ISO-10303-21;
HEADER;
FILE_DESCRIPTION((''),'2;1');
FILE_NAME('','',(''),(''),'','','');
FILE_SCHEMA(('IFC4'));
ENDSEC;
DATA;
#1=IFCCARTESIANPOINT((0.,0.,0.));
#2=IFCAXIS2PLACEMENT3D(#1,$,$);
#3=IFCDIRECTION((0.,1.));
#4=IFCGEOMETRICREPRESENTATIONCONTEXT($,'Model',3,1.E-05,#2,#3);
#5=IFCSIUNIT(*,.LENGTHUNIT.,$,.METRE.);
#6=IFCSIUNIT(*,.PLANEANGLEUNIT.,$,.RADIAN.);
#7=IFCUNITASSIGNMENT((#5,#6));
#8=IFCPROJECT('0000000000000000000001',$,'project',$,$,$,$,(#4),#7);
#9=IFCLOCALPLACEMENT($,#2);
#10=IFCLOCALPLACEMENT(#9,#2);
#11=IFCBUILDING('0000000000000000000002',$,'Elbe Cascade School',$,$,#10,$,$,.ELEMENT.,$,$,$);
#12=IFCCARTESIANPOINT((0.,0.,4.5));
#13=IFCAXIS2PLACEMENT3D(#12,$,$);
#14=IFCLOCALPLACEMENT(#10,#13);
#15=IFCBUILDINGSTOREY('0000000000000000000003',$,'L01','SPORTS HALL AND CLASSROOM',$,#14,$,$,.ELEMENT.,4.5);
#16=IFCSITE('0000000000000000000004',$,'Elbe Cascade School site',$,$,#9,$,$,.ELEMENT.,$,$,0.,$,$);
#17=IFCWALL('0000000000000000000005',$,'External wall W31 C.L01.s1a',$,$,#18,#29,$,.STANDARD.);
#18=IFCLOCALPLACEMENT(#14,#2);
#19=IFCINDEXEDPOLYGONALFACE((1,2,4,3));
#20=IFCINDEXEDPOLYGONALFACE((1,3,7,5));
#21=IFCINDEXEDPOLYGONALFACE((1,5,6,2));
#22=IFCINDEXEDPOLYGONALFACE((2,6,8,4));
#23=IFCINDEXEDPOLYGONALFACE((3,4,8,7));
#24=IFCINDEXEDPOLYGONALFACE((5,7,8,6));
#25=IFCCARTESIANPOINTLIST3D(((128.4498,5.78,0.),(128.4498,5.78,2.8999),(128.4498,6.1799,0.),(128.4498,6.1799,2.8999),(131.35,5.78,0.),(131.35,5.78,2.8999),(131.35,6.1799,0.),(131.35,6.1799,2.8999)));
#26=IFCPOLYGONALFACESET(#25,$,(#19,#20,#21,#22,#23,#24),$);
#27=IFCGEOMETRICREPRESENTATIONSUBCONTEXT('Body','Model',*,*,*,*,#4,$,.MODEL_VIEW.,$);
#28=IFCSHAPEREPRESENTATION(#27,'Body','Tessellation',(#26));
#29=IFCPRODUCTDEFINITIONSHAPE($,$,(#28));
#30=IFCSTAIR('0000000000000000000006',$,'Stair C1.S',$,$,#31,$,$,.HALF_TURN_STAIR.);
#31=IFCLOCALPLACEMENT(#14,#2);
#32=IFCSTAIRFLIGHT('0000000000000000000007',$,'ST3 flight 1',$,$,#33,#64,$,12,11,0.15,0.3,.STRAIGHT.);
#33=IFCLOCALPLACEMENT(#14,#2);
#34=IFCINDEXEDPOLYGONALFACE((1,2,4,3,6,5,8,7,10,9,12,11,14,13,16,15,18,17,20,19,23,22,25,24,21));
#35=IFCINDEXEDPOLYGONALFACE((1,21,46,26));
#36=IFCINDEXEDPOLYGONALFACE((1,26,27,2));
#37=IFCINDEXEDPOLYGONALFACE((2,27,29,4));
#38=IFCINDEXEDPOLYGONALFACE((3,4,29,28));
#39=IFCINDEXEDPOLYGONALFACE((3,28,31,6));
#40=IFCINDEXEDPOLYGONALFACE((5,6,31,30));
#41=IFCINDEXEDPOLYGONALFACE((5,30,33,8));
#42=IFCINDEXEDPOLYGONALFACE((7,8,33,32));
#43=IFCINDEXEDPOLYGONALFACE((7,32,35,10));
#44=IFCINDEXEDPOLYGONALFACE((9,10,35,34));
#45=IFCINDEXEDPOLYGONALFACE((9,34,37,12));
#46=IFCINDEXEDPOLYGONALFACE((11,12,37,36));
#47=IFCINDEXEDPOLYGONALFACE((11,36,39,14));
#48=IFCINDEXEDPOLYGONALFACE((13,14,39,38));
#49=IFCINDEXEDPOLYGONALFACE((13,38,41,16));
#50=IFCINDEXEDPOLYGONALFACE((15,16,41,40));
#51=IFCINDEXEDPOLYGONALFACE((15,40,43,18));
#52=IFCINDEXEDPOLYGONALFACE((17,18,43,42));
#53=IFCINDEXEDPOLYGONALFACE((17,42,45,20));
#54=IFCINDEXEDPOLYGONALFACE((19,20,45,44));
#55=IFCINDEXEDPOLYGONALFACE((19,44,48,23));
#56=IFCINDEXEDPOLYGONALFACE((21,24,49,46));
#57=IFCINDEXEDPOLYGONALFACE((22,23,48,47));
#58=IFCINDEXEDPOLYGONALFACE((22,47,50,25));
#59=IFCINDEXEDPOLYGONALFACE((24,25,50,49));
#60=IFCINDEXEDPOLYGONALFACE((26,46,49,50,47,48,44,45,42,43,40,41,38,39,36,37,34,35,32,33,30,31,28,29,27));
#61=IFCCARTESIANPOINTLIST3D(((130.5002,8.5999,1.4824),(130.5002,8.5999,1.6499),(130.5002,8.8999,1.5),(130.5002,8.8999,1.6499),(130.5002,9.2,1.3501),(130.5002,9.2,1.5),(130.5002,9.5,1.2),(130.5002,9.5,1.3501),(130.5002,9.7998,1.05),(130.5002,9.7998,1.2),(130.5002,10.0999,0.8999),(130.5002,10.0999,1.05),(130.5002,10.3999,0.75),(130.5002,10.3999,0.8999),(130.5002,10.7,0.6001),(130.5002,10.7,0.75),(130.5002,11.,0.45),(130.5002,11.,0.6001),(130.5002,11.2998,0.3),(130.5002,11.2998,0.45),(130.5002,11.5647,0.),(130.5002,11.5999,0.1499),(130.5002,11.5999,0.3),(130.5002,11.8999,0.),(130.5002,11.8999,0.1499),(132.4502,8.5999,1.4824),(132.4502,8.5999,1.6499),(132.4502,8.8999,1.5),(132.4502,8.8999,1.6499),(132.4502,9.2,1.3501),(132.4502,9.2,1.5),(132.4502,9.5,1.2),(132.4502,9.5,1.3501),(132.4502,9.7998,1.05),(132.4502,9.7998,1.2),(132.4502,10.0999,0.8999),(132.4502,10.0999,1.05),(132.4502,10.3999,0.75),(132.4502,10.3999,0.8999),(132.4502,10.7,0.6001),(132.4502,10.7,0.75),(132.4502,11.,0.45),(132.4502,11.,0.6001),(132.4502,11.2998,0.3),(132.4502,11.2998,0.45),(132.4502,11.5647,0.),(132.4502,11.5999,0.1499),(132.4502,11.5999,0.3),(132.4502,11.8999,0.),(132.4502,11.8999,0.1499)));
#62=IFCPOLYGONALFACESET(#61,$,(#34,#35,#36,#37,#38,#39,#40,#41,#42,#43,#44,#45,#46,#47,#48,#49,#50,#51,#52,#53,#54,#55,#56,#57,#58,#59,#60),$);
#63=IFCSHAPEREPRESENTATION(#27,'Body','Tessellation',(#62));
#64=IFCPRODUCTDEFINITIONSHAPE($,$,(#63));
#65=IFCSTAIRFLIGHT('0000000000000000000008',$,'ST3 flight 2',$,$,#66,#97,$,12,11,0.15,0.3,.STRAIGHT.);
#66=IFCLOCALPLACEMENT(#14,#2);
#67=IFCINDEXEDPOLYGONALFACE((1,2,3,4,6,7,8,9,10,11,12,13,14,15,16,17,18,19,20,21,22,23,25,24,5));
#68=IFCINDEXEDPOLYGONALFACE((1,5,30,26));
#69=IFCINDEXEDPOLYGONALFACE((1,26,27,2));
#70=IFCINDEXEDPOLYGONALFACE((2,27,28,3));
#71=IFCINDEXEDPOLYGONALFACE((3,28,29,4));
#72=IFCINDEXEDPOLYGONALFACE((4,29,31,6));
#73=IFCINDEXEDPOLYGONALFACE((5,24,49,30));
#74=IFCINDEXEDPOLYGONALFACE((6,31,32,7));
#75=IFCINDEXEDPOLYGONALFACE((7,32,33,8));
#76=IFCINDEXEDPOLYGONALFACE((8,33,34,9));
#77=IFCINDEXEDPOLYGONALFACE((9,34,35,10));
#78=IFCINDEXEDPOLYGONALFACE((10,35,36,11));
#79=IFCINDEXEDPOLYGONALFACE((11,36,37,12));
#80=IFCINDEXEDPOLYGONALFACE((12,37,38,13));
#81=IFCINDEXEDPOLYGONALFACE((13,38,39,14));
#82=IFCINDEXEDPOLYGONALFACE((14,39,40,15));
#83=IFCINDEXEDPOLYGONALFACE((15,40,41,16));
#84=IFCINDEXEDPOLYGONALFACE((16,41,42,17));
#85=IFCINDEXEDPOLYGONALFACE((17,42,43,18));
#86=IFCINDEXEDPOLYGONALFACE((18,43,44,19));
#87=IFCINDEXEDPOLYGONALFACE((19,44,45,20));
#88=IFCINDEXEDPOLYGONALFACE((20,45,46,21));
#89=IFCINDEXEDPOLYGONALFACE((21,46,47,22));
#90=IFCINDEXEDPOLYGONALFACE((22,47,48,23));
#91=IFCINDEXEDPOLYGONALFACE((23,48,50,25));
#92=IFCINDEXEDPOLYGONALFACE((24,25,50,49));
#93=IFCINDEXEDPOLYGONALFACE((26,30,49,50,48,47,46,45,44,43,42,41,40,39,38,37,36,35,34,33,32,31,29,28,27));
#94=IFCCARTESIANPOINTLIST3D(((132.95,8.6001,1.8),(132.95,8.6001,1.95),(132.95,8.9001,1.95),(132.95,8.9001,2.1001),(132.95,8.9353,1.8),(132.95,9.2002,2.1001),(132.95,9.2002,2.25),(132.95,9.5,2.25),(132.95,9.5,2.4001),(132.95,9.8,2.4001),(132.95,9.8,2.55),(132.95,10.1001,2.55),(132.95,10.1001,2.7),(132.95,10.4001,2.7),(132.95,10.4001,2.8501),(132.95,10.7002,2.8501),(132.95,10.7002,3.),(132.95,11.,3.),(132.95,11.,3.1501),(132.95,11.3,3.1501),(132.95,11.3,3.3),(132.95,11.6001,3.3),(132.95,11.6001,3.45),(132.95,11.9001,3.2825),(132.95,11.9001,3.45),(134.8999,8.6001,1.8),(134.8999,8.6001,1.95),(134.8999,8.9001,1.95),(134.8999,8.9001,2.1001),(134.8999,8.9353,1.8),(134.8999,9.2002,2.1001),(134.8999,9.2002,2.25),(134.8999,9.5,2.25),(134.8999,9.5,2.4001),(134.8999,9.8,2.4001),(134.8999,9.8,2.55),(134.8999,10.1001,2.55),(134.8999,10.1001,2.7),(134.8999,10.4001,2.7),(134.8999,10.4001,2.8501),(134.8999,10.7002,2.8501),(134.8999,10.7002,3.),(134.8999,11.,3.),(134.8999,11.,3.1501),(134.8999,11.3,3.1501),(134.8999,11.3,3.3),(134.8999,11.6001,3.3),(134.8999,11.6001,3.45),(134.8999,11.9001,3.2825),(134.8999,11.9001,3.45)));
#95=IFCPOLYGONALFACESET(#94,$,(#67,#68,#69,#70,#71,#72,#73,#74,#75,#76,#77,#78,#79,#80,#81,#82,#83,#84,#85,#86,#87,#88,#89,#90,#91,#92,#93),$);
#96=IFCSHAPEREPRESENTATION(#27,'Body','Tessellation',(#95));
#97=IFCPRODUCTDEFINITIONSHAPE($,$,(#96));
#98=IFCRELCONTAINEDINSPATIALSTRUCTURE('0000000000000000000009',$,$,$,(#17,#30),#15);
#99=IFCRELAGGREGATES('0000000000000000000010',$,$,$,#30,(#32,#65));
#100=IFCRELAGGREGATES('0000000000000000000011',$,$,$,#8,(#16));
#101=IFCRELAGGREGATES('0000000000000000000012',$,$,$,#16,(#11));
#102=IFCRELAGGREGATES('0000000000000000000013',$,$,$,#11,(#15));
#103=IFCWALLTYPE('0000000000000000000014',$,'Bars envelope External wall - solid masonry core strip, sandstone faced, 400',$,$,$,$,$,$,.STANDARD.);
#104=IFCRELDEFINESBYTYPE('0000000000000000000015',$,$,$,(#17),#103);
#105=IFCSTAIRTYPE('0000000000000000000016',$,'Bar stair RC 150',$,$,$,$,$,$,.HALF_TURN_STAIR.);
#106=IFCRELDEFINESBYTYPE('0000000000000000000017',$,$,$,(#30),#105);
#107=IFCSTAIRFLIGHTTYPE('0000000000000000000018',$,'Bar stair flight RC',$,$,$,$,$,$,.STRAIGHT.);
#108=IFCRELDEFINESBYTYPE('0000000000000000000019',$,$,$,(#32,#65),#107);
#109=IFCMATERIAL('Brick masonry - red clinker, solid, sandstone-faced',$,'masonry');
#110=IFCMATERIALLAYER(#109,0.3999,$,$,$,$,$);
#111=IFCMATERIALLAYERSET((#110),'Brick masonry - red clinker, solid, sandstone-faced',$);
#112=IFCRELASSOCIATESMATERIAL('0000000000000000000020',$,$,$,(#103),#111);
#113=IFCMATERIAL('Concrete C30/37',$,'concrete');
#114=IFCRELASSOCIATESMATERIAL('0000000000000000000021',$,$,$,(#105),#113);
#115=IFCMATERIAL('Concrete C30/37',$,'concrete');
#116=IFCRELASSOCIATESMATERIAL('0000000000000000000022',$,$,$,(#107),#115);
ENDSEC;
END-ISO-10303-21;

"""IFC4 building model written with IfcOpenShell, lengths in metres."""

from ifc_helpers import new_model, si_unit, direction, frame, frame_2d, origin, place, context, subcontext, project, spatial, polyline, rectangle, outline, extrude, material, layer, layer_set, type_object, element, aggregate, save


model = new_model("IFC4")

# Units and contexts
model_context = context("Model", 3, precision=1e-05, world=origin(), true_north=direction((0.0, 1.0)))
body_context = subcontext(model_context, "Body", "Model", "MODEL_VIEW")
ifc_project = project(units=[si_unit("LENGTHUNIT", "METRE"), si_unit("PLANEANGLEUNIT", "RADIAN")], contexts=[model_context])

# Site, building, storey
site_placement = place(None, origin())
site = spatial("IfcSite", under=ifc_project, at=site_placement, Name="Elbe Cascade School site", CompositionType="ELEMENT", RefElevation=0.0)
building_placement = place(site_placement, origin())
building = spatial("IfcBuilding", under=site, at=building_placement, Name="Elbe Cascade School", CompositionType="ELEMENT")
storey_placement = place(building_placement, frame((0.0, 0.0, 4.5)))
storey = spatial("IfcBuildingStorey", under=building, at=storey_placement, Name="L01", Description="SPORTS HALL AND CLASSROOM", CompositionType="ELEMENT", Elevation=4.5)

# Wall
ifc_material_1 = material(Name="Brick masonry - red clinker, solid, sandstone-faced", Category="masonry")
ifc_layer_1 = layer(ifc_material_1, 0.3999)
ifc_layer_set_1 = layer_set([ifc_layer_1], Name="Brick masonry - red clinker, solid, sandstone-faced")
wall_type_1 = type_object("IfcWallType", Name="Bars envelope External wall - solid masonry core strip, sandstone faced, 400", PredefinedType="STANDARD", material=ifc_layer_set_1)
wall_1_placement = place(storey_placement, frame((131.3501, 5.98, 0.0), z_axis=(0.0, 0.0, 1.0), x_axis=(-1.0, 0.0, 0.0)))
element("IfcWall", 1, at=wall_1_placement, inside=storey, type_object=wall_type_1, Name="External wall W31 C.L01.s1a", PredefinedType="STANDARD", context=body_context, shape_type="SweptSolid", body=[
    extrude(rectangle(XDim=2.9001, YDim=0.3999, at=frame_2d((1.4502, 0.0))), origin(), (0.0, 0.0, 1.0), 2.8999),
])

# Stair, stair flights
ifc_material_2 = material(Name="Concrete C30/37", Category="concrete")
stair_type = type_object("IfcStairType", Name="Bar stair RC 150", PredefinedType="HALF_TURN_STAIR", material=ifc_material_2)
stair_placement = place(storey_placement, origin())
stair = element("IfcStair", 2, at=stair_placement, inside=storey, type_object=stair_type, Name="Stair C1.S", PredefinedType="HALF_TURN_STAIR")
ifc_material_3 = material(Name="Concrete C30/37", Category="concrete")
stair_flight_type = type_object("IfcStairFlightType", Name="Bar stair flight RC", PredefinedType="STRAIGHT", material=ifc_material_3)
stair_flight_1_placement = place(storey_placement, frame((131.4751, 11.8999, 0.0), z_axis=(0.0, 0.0, 1.0), x_axis=(0.0, -1.0, 0.0)))
stair_flight_1 = element("IfcStairFlight", 3, at=stair_flight_1_placement, type_object=stair_flight_type, Name="ST3 flight 1", NumberOfRisers=12, NumberOfTreads=11, PredefinedType="STRAIGHT", RiserHeight=0.15, TreadLength=0.3, context=body_context, shape_type="SweptSolid", body=[
    extrude(outline(polyline([(0.0, 0.0), (0.0, 0.1499), (0.3, 0.1499), (0.3, 0.3), (0.6001, 0.3), (0.6001, 0.45), (0.8999, 0.45), (0.8999, 0.6001), (1.2, 0.6001), (1.2, 0.75), (1.5, 0.75), (1.5, 0.8999), (1.8, 0.8999), (1.8, 1.05), (2.1001, 1.05), (2.1001, 1.2), (2.3999, 1.2), (2.3999, 1.3501), (2.7, 1.3501), (2.7, 1.5), (3.0, 1.5), (3.0, 1.6499), (3.3, 1.6499), (3.3, 1.8), (3.3, 1.4824), (0.3352, 0.0), (0.0, 0.0)])), frame((0.0, 0.9751, 0.0), z_axis=(0.0, -1.0, 0.0), x_axis=(1.0, 0.0, 0.0)), (0.0, 0.0, 1.0), 1.95),
])
stair_flight_2_placement = place(storey_placement, frame((133.925, 8.6001, 1.8), z_axis=(0.0, 0.0, 1.0), x_axis=(0.0, 1.0, 0.0)))
stair_flight_2 = element("IfcStairFlight", 4, at=stair_flight_2_placement, type_object=stair_flight_type, Name="ST3 flight 2", NumberOfRisers=12, NumberOfTreads=11, PredefinedType="STRAIGHT", RiserHeight=0.15, TreadLength=0.3, context=body_context, shape_type="SweptSolid", body=[
    extrude(outline(polyline([(0.0, 0.0), (0.0, 0.1499), (0.3, 0.1499), (0.3, 0.3), (0.6001, 0.3), (0.6001, 0.45), (0.8999, 0.45), (0.8999, 0.6001), (1.2, 0.6001), (1.2, 0.75), (1.5, 0.75), (1.5, 0.8999), (1.8, 0.8999), (1.8, 1.05), (2.1001, 1.05), (2.1001, 1.2), (2.3999, 1.2), (2.3999, 1.3501), (2.7, 1.3501), (2.7, 1.5), (3.0, 1.5), (3.0, 1.6499), (3.3, 1.6499), (3.3, 1.8), (3.3, 1.4824), (0.3352, 0.0), (0.0, 0.0)])), frame((0.0, 0.9751, 0.0), z_axis=(0.0, -1.0, 0.0), x_axis=(1.0, 0.0, 0.0)), (0.0, 0.0, 1.0), 1.95),
])
aggregate(stair, [stair_flight_1, stair_flight_2])

save(model, "model.ifc")
